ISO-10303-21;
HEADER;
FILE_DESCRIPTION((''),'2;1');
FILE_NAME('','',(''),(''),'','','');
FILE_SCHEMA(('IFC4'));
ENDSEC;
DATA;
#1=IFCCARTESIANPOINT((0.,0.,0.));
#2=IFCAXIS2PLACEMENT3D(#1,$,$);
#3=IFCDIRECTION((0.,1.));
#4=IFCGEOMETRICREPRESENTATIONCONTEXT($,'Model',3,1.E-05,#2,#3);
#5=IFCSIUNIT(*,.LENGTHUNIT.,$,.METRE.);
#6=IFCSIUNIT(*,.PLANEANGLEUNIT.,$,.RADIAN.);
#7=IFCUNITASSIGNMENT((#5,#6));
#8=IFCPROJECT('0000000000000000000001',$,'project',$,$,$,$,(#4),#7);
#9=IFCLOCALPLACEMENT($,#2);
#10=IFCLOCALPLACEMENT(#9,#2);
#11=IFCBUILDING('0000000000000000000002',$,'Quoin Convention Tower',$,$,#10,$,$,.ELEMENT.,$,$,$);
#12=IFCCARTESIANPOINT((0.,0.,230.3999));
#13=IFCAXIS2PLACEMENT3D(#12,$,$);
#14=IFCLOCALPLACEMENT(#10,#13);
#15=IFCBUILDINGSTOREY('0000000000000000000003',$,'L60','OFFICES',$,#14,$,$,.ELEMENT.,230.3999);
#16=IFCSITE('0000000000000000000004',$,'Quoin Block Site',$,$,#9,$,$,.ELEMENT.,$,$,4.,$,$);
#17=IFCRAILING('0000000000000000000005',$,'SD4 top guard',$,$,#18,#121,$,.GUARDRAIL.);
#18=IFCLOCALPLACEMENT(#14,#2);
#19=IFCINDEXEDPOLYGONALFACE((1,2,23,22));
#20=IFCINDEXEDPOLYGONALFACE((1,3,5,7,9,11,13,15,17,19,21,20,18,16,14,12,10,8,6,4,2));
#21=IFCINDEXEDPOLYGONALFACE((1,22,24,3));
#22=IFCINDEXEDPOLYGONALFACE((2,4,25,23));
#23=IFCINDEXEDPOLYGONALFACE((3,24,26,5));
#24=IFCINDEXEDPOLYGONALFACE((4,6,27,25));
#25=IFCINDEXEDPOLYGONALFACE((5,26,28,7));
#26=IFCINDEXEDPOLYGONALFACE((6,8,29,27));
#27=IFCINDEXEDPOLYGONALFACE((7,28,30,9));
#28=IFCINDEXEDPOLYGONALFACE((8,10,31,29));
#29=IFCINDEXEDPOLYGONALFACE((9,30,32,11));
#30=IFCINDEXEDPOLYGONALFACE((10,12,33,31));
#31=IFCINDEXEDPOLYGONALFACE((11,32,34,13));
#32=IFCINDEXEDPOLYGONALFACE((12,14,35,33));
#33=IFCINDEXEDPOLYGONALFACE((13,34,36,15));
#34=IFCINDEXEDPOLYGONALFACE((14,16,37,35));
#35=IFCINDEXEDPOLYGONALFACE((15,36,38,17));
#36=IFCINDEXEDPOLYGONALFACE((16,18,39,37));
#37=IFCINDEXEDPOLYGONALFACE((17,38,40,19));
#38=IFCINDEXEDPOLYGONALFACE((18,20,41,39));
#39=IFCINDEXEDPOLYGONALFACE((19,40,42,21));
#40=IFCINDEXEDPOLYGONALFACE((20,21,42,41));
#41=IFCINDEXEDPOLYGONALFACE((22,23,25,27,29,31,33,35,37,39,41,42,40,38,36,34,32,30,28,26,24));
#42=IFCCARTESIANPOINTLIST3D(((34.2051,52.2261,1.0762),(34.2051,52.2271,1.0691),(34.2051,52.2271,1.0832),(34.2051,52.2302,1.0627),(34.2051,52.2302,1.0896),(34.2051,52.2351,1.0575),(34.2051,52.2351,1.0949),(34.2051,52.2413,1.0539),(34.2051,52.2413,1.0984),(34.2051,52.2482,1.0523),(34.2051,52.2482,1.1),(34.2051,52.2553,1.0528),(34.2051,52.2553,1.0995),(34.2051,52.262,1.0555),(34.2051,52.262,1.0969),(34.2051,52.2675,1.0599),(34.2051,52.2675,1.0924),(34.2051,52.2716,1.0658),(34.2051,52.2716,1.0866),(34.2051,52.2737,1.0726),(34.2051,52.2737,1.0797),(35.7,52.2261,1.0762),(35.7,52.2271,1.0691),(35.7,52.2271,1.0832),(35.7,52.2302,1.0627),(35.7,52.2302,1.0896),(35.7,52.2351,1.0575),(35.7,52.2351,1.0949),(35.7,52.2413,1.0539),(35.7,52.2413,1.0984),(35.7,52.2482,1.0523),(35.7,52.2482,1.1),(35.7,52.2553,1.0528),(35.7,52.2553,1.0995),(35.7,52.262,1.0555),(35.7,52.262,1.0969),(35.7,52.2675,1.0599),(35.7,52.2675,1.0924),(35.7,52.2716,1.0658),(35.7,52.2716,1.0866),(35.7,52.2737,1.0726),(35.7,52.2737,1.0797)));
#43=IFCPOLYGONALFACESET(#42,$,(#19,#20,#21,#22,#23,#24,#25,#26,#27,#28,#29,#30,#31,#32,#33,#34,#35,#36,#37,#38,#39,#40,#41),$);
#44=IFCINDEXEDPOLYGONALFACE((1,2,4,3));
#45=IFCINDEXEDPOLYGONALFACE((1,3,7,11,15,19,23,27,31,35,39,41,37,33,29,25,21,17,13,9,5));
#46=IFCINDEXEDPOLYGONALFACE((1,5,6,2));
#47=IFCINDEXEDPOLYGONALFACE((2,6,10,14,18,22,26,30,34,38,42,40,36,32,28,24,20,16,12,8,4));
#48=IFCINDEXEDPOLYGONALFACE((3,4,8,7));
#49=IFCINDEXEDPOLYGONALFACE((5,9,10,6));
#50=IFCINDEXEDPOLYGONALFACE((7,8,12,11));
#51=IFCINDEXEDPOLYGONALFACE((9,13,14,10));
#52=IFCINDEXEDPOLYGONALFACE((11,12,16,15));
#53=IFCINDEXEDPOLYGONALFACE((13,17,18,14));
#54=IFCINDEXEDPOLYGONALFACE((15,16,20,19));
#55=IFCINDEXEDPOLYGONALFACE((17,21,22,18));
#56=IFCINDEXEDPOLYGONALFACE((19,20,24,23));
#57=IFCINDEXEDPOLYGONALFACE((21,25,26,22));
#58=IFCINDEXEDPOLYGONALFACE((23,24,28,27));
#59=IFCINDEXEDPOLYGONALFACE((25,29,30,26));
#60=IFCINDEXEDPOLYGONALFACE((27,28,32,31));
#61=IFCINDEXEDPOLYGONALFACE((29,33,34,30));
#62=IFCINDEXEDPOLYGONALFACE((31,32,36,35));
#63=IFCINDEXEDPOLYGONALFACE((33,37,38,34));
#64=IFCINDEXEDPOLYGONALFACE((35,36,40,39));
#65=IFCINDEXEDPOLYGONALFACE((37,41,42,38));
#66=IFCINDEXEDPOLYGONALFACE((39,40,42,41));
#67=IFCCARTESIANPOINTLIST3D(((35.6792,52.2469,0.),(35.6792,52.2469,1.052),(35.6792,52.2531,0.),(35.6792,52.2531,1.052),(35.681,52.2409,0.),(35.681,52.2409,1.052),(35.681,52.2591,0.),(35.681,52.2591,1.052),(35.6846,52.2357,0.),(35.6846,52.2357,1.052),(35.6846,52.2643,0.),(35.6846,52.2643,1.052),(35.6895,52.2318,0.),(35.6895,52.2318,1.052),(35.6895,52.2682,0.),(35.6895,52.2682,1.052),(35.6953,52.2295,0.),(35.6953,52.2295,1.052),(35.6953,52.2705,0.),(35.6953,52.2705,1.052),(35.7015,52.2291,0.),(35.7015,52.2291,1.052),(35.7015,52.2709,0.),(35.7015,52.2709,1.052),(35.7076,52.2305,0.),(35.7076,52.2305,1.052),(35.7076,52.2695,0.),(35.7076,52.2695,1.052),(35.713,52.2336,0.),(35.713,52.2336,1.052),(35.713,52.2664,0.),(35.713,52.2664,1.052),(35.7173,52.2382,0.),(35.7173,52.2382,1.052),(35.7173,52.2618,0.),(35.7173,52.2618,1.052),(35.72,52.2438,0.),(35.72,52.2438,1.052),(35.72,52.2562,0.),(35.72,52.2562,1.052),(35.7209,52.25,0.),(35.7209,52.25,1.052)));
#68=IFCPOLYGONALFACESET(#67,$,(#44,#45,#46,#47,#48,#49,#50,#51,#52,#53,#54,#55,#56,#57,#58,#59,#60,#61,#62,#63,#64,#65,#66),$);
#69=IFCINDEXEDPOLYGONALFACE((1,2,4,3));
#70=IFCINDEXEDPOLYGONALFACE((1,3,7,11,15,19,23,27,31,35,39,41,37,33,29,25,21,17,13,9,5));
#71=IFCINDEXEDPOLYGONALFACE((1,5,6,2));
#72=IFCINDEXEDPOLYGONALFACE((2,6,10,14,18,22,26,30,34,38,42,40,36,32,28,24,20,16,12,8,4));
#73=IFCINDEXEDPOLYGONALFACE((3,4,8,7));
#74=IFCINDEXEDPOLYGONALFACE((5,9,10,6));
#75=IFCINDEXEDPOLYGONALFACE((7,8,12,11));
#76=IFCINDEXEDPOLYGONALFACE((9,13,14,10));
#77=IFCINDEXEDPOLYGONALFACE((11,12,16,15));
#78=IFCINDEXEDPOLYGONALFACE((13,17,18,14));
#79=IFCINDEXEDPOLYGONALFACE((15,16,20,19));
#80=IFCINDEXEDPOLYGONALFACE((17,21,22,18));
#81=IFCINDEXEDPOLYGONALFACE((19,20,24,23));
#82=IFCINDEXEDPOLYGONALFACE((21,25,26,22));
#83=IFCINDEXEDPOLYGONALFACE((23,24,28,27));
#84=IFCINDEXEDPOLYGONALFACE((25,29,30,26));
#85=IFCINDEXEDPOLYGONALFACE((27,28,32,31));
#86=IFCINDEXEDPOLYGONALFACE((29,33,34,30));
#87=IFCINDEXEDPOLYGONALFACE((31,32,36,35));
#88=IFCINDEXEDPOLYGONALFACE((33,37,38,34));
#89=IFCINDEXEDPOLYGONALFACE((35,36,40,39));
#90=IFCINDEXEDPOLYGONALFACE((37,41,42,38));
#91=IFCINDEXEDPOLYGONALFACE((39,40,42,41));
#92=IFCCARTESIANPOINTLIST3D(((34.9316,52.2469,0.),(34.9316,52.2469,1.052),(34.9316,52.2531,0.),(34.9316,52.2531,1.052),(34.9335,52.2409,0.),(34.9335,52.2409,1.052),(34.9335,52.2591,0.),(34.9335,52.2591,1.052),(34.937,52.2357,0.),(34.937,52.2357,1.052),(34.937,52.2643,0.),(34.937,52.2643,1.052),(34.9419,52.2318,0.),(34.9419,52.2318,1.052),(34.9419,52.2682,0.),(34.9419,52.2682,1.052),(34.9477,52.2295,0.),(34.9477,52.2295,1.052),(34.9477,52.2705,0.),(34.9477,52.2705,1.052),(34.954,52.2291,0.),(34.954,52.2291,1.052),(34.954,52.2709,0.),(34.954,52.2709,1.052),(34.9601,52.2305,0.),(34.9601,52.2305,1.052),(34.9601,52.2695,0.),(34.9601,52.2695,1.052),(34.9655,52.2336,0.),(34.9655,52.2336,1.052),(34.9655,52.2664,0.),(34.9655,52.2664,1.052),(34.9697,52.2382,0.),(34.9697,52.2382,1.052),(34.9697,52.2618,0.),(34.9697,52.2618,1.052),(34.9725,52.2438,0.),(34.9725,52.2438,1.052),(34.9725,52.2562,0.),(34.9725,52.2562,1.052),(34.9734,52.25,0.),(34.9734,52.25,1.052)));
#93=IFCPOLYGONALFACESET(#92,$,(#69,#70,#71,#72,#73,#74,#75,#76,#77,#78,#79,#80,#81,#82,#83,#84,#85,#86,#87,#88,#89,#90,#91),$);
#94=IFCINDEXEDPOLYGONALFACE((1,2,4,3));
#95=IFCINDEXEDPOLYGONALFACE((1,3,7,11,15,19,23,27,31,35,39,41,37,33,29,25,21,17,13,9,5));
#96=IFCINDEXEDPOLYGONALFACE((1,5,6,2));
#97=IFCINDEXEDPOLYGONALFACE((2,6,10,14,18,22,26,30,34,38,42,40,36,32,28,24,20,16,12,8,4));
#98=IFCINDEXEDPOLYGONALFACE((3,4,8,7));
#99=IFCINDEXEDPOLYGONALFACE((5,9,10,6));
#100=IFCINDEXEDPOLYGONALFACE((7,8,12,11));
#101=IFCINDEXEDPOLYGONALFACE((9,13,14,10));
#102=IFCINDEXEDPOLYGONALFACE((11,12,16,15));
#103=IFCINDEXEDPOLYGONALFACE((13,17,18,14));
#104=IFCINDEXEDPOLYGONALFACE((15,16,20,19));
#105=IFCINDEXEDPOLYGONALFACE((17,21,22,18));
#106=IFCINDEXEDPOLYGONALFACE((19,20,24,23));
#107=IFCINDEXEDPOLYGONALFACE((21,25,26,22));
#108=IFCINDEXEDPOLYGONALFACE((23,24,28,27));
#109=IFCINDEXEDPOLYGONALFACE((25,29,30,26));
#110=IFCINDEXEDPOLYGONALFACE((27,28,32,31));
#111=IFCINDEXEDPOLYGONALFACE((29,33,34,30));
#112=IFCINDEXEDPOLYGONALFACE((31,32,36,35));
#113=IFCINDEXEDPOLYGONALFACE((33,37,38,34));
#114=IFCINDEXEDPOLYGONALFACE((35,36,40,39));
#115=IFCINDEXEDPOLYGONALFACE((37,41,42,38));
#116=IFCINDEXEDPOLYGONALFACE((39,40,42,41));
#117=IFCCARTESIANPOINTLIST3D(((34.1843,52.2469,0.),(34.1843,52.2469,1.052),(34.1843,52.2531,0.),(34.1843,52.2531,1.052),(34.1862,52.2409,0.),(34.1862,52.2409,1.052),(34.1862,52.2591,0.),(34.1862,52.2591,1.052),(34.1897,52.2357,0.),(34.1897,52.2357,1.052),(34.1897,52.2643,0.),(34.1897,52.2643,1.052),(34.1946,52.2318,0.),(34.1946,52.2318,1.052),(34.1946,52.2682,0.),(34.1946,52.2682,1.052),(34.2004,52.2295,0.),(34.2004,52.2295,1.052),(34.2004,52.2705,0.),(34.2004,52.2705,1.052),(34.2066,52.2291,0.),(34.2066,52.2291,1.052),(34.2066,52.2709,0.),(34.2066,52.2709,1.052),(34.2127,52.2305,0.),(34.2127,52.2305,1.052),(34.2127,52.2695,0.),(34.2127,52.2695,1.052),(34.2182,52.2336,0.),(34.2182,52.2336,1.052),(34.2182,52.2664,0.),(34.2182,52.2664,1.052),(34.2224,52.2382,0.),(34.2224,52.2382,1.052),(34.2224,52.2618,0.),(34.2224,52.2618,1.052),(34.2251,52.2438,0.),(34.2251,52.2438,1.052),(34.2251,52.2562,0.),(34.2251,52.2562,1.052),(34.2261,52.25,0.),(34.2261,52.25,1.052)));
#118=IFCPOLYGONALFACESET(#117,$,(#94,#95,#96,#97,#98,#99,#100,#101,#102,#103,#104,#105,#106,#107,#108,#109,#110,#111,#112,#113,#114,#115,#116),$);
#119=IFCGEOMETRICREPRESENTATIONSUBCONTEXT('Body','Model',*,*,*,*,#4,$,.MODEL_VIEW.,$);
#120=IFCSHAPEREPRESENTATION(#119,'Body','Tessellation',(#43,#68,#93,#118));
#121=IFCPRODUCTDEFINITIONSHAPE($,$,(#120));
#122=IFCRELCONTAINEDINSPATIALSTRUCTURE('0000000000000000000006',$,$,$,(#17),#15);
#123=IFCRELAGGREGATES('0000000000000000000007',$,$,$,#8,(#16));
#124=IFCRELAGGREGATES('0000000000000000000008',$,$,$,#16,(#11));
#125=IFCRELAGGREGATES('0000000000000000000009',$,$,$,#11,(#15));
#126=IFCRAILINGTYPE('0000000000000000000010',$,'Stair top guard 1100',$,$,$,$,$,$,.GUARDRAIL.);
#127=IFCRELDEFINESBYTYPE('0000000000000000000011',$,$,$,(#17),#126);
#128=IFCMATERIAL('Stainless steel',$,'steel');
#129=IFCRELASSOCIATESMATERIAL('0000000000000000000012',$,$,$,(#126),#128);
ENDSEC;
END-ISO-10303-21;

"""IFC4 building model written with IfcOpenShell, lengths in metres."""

from ifc_helpers import new_model, si_unit, direction, frame, origin, origin_2d, place, context, subcontext, project, spatial, circle, extrude, material, type_object, element, save


model = new_model("IFC4")

# Units and contexts
model_context = context("Model", 3, precision=1e-05, world=origin(), true_north=direction((0.0, 1.0)))
body_context = subcontext(model_context, "Body", "Model", "MODEL_VIEW")
ifc_project = project(units=[si_unit("LENGTHUNIT", "METRE"), si_unit("PLANEANGLEUNIT", "RADIAN")], contexts=[model_context])

# Site, building, storey
site_placement = place(None, origin())
site = spatial("IfcSite", under=ifc_project, at=site_placement, Name="Quoin Block Site", CompositionType="ELEMENT", RefElevation=4.0)
building_placement = place(site_placement, origin())
building = spatial("IfcBuilding", under=site, at=building_placement, Name="Quoin Convention Tower", CompositionType="ELEMENT")
storey_placement = place(building_placement, frame((0.0, 0.0, 230.3999)))
storey = spatial("IfcBuildingStorey", under=building, at=storey_placement, Name="L60", Description="OFFICES", CompositionType="ELEMENT", Elevation=230.3999)

# Railing
ifc_material_1 = material(Name="Stainless steel", Category="steel")
railing_type_1 = type_object("IfcRailingType", Name="Stair top guard 1100", PredefinedType="GUARDRAIL", material=ifc_material_1)
railing_1_placement = place(storey_placement, frame((35.7, 52.25, 0.0)))
element("IfcRailing", 1, at=railing_1_placement, inside=storey, type_object=railing_type_1, Name="SD4 top guard", PredefinedType="GUARDRAIL", context=body_context, shape_type="SweptSolid", body=[
    extrude(circle(Radius=0.0239, at=origin_2d()), frame((0.0, 0.0, 1.0762), z_axis=(-1.0, 0.0, 0.0), x_axis=(0.0, -1.0, 0.0)), (0.0, 0.0, 1.0), 1.4949),
    extrude(circle(Radius=0.021, at=origin_2d()), origin(), (0.0, 0.0, 1.0), 1.052),
    extrude(circle(Radius=0.021, at=origin_2d()), frame((-0.7476, 0.0, 0.0)), (0.0, 0.0, 1.0), 1.052),
    extrude(circle(Radius=0.021, at=origin_2d()), frame((-1.4949, 0.0, 0.0)), (0.0, 0.0, 1.0), 1.052),
])

save(model, "model.ifc")
